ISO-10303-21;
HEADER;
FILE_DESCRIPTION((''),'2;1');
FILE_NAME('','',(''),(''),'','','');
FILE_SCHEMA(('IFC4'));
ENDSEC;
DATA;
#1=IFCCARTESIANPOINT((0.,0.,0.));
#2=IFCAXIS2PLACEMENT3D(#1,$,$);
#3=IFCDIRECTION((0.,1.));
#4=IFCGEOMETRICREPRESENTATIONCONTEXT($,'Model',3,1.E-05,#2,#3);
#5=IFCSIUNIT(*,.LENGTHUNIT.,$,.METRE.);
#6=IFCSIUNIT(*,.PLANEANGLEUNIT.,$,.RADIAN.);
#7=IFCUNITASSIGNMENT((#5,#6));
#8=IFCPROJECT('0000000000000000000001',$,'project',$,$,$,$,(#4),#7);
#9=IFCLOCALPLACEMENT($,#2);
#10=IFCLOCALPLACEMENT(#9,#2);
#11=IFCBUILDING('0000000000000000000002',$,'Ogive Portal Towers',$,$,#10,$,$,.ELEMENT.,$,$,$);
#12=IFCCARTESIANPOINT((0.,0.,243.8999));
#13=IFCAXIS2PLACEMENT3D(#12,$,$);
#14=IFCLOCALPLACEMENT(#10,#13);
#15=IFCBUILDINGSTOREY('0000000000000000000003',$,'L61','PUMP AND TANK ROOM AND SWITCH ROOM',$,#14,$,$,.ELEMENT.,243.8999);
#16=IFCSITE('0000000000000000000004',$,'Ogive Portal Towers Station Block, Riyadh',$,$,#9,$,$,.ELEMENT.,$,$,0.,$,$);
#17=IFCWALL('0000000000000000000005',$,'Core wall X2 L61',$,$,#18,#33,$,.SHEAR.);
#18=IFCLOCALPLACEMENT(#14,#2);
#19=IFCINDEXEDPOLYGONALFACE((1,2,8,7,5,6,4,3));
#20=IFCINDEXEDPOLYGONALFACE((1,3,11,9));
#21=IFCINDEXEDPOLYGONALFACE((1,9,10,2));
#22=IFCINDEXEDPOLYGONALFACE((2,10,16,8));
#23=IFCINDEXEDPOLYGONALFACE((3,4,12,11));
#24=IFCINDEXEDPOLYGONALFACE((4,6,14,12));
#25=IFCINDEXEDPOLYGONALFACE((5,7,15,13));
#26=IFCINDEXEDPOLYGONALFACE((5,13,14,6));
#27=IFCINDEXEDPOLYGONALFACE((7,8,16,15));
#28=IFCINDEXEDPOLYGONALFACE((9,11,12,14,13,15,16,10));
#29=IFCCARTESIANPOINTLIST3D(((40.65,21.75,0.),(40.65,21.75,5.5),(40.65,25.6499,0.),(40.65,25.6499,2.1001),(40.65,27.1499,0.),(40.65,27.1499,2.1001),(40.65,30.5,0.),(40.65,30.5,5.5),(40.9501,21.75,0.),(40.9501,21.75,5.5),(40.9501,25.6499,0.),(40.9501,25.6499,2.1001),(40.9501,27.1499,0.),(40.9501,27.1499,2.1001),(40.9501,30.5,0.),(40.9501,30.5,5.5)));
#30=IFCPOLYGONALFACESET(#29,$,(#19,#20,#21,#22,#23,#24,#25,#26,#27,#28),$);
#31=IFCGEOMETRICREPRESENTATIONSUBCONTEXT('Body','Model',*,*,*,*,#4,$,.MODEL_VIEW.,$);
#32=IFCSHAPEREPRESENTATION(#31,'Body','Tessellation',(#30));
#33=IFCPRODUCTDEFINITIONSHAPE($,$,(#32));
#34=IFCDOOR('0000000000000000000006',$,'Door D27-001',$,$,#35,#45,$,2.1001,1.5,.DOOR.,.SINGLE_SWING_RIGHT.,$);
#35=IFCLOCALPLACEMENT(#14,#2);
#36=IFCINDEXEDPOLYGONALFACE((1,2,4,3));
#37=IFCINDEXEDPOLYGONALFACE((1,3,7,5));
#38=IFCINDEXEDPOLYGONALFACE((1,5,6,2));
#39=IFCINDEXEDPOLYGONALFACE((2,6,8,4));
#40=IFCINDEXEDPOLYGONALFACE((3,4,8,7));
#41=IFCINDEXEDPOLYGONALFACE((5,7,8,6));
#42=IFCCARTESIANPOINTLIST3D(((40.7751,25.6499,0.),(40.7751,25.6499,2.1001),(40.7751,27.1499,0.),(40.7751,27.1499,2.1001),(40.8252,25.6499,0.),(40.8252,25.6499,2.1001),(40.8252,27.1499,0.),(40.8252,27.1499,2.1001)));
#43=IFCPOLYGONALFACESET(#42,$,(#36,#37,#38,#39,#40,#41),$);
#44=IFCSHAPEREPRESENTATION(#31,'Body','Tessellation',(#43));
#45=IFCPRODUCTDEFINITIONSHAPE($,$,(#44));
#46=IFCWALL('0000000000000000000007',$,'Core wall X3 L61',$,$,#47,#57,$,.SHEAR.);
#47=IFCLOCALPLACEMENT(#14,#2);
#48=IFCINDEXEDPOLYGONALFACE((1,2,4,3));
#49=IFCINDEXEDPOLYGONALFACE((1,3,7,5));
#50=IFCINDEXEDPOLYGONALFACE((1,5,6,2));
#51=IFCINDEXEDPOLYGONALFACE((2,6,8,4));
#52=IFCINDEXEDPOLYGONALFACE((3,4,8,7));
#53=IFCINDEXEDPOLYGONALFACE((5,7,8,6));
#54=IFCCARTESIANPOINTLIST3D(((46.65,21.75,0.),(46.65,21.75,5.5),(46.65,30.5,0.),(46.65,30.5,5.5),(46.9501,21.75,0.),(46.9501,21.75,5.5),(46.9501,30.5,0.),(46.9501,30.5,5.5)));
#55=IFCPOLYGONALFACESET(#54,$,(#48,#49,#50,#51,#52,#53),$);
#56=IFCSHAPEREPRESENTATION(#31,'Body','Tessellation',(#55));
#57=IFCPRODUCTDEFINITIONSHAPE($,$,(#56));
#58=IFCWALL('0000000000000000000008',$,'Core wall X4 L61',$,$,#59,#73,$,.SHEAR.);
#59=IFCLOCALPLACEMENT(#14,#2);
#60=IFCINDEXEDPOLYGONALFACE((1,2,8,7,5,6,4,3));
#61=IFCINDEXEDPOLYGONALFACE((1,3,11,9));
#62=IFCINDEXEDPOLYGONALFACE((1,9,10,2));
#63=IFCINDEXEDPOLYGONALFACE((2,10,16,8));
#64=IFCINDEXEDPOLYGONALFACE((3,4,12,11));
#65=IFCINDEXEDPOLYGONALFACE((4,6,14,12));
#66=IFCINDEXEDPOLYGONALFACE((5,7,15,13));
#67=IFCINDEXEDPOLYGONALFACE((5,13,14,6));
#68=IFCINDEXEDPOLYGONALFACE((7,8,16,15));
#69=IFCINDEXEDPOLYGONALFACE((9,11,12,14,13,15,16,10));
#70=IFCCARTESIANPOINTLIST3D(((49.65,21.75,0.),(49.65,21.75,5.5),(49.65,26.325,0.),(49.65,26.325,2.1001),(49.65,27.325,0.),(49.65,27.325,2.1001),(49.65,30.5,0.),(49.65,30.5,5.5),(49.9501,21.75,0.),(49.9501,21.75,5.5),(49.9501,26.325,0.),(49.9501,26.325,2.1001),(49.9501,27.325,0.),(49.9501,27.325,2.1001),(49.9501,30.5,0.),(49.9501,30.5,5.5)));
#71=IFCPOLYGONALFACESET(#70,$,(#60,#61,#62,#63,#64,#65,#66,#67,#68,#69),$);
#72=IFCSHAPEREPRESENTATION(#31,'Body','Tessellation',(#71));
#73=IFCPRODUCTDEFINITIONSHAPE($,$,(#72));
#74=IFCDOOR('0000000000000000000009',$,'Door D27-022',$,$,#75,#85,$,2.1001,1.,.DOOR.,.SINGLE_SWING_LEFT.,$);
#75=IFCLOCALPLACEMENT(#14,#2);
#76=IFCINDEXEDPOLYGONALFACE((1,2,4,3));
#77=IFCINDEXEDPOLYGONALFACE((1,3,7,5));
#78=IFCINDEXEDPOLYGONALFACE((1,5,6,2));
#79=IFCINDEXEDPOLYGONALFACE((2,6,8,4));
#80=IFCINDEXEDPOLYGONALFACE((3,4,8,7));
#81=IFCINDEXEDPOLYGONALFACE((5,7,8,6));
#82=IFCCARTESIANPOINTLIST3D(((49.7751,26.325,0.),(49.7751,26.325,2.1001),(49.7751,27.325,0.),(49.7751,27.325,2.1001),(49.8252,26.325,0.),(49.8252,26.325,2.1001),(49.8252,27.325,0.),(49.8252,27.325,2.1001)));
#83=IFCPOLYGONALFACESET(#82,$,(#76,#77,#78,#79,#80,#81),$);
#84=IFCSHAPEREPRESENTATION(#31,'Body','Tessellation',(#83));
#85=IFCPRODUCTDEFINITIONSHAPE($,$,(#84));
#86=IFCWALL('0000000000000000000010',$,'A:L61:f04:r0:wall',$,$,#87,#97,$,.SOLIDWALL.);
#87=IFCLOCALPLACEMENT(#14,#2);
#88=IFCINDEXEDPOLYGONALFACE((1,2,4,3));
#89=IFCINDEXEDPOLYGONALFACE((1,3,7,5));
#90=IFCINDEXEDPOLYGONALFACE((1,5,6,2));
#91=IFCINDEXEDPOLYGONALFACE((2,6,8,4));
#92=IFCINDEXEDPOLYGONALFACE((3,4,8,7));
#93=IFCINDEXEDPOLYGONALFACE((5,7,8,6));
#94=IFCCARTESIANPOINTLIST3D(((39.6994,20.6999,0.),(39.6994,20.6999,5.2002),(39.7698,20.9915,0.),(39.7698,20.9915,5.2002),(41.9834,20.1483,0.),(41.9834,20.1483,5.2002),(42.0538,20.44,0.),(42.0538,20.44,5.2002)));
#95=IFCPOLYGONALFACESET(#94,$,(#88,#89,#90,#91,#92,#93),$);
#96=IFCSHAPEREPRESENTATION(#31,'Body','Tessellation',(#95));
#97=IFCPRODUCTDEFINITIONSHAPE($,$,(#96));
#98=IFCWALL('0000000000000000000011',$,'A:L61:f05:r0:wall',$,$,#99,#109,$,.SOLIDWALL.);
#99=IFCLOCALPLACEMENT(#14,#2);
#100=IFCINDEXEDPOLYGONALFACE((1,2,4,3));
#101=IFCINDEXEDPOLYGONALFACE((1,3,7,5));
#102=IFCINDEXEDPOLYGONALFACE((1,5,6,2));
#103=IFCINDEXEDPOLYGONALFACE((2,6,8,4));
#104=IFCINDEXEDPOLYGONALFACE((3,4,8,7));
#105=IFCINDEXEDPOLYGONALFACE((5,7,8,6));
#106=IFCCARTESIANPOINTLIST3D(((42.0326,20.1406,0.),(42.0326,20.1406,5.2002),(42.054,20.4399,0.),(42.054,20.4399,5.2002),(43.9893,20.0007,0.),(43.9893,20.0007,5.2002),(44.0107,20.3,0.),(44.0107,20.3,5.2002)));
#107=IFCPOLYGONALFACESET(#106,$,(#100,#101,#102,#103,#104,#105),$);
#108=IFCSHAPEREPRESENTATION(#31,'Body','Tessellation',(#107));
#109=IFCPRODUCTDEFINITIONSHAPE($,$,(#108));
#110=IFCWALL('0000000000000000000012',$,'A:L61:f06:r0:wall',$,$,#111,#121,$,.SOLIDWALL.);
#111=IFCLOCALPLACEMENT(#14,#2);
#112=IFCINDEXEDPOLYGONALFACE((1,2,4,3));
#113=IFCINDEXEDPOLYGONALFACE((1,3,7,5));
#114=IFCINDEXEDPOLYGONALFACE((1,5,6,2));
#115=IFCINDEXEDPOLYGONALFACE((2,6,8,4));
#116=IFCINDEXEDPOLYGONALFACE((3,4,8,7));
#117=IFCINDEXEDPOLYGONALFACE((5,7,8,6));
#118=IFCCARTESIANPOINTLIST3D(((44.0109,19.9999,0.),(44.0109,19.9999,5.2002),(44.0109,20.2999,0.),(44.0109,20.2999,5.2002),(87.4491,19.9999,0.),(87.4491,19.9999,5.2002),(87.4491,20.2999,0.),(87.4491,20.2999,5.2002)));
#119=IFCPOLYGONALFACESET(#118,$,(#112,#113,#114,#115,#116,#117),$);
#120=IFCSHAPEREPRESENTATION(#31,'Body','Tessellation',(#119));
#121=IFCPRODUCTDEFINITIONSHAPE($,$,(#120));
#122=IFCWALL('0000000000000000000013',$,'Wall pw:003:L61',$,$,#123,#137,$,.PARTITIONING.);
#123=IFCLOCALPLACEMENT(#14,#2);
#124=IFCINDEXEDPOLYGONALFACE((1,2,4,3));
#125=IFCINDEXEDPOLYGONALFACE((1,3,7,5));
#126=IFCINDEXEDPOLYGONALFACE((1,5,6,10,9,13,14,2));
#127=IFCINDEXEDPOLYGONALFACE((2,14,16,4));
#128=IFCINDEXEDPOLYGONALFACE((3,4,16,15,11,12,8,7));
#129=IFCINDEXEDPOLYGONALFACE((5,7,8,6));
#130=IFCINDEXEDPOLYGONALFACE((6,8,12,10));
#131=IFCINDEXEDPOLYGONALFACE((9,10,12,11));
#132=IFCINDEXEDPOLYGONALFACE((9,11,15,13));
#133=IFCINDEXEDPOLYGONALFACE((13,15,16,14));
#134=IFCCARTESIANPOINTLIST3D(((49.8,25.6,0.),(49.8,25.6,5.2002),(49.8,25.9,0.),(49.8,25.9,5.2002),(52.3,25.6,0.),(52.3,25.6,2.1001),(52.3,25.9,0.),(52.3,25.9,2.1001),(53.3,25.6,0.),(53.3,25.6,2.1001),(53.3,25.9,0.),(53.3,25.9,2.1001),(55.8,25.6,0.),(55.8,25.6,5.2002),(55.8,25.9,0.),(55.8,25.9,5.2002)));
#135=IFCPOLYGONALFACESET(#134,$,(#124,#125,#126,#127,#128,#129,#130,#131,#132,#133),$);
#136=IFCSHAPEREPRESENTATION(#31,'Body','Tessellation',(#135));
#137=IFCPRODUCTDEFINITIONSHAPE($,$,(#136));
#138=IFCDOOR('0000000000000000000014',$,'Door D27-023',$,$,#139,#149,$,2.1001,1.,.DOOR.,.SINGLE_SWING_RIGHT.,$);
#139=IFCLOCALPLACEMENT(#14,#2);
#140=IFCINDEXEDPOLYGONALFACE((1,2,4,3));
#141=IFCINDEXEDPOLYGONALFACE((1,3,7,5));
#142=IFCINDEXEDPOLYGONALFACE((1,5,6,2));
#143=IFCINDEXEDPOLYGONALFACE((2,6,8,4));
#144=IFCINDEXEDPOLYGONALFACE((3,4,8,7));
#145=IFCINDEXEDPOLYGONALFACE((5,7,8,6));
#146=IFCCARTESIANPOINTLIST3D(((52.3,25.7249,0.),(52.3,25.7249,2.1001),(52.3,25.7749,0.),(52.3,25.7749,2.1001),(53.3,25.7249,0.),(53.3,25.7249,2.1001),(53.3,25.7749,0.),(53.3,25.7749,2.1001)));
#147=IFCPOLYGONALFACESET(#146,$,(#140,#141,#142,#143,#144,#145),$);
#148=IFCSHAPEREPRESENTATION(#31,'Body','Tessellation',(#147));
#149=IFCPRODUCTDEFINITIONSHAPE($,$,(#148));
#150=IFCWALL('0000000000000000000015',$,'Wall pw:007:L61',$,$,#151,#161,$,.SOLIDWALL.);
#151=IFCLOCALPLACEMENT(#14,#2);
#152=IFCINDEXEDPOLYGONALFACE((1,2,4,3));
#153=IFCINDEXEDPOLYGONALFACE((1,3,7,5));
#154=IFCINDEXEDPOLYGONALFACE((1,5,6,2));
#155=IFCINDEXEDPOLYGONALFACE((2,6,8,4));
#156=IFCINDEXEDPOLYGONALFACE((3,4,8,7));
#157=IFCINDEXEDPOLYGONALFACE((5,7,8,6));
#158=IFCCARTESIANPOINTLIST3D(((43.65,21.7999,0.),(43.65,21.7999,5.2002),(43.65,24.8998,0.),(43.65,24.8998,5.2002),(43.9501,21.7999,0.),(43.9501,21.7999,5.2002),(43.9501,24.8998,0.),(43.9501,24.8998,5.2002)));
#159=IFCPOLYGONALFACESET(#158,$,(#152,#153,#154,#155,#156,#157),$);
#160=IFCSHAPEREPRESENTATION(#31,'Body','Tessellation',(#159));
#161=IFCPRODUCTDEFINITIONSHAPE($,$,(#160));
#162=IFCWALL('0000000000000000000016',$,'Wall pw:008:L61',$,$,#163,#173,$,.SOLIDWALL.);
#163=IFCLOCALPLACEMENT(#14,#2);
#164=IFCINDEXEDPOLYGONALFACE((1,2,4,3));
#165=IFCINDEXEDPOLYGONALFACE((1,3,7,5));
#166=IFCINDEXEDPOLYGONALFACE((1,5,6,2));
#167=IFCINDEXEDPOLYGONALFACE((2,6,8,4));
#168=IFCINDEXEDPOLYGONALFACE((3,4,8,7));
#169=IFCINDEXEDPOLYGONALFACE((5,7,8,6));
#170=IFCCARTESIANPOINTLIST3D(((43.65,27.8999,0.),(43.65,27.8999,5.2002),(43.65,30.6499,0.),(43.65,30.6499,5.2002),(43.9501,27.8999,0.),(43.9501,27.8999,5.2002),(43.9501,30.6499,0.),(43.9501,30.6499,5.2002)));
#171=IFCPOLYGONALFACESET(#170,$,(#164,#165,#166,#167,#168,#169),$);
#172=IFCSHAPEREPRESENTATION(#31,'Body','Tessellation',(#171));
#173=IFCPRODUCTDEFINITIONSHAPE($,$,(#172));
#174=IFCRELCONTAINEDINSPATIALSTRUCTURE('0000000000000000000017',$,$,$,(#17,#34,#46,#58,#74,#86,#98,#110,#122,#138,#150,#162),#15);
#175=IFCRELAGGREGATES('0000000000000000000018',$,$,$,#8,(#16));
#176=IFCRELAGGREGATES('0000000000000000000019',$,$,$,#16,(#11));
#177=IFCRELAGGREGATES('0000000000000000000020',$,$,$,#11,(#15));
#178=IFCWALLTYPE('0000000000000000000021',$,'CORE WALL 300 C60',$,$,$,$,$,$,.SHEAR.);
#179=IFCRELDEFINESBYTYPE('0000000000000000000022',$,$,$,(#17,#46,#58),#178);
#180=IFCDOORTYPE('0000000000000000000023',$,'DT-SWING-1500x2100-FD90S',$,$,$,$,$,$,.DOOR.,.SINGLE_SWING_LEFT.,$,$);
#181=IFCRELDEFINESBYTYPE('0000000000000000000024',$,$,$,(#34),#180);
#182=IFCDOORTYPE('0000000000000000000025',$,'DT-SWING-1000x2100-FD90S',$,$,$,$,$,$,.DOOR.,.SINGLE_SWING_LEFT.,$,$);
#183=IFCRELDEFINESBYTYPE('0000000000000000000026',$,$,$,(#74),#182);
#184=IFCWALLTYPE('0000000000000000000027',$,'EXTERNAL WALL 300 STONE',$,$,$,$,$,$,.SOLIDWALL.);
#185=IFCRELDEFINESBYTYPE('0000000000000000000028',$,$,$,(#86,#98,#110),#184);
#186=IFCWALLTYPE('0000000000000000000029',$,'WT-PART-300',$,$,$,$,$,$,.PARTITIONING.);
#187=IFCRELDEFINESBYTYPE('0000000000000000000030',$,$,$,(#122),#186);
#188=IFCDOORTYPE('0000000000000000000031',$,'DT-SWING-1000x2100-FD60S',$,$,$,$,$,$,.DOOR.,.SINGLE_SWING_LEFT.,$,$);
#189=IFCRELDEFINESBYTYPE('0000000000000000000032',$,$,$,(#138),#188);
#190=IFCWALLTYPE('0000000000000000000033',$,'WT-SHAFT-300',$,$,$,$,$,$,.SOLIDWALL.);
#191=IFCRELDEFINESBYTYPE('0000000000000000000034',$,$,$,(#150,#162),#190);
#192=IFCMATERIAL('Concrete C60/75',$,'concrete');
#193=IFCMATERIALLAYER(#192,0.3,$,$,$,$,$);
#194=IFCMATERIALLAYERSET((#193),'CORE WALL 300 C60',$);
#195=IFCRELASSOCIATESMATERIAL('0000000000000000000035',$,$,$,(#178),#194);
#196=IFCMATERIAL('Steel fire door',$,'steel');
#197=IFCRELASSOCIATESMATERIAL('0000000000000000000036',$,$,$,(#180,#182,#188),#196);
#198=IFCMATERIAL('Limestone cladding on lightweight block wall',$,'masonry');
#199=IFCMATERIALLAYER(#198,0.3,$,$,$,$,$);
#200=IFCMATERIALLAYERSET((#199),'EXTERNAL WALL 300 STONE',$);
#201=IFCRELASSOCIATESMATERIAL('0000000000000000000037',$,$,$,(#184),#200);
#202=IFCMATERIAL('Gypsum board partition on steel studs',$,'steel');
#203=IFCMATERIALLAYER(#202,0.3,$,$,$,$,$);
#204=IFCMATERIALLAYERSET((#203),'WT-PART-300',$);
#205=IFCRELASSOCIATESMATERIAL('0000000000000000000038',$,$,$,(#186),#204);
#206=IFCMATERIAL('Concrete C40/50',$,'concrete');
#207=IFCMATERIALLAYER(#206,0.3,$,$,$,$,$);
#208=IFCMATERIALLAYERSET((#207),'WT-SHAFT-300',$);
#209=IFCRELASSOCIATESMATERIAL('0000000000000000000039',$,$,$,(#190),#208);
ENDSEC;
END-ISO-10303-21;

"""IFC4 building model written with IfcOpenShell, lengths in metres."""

from ifc_helpers import new_model, si_unit, direction, frame, frame_2d, origin, place, context, subcontext, project, spatial, rectangle, extrude, material, layer, layer_set, type_object, element, fill, save


model = new_model("IFC4")

# Units and contexts
model_context = context("Model", 3, precision=1e-05, world=origin(), true_north=direction((0.0, 1.0)))
body_context = subcontext(model_context, "Body", "Model", "MODEL_VIEW")
ifc_project = project(units=[si_unit("LENGTHUNIT", "METRE"), si_unit("PLANEANGLEUNIT", "RADIAN")], contexts=[model_context])

# Site, building, storey
site_placement = place(None, origin())
site = spatial("IfcSite", under=ifc_project, at=site_placement, Name="Ogive Portal Towers Station Block, Riyadh", CompositionType="ELEMENT", RefElevation=0.0)
building_placement = place(site_placement, origin())
building = spatial("IfcBuilding", under=site, at=building_placement, Name="Ogive Portal Towers", CompositionType="ELEMENT")
storey_placement = place(building_placement, frame((0.0, 0.0, 243.8999)))
storey = spatial("IfcBuildingStorey", under=building, at=storey_placement, Name="L61", Description="PUMP AND TANK ROOM AND SWITCH ROOM", CompositionType="ELEMENT", Elevation=243.8999)

# Wall, opening, door
ifc_material_1 = material(Name="Concrete C60/75", Category="concrete")
ifc_layer_1 = layer(ifc_material_1, 0.3)
ifc_layer_set_1 = layer_set([ifc_layer_1], Name="CORE WALL 300 C60")
wall_type_1 = type_object("IfcWallType", Name="CORE WALL 300 C60", PredefinedType="SHEAR", material=ifc_layer_set_1)
wall_1_placement = place(storey_placement, frame((40.8, 21.75, 0.0), z_axis=(0.0, 0.0, 1.0), x_axis=(0.0, 1.0, 0.0)))
wall_1 = element("IfcWall", 1, at=wall_1_placement, inside=storey, type_object=wall_type_1, Name="Core wall X2 L61", PredefinedType="SHEAR", context=body_context, shape_type="SweptSolid", body=[
    extrude(rectangle(XDim=8.75, YDim=0.3, at=frame_2d((4.375, 0.0))), origin(), (0.0, 0.0, 1.0), 5.5),
])
opening_1_placement = place(wall_1_placement, frame((3.8999, 0.0, 0.0)))
opening_1 = element("IfcOpeningElement", 2, at=opening_1_placement, cuts=wall_1, PredefinedType="OPENING", context=body_context, shape_type="SweptSolid", body=[
    extrude(rectangle(XDim=1.5, YDim=2.1001, at=frame_2d((0.75, 1.05))), frame((0.0, 0.1602, 0.0), z_axis=(0.0, -1.0, 0.0), x_axis=(1.0, 0.0, 0.0)), (0.0, 0.0, 1.0), 0.3201),
])
ifc_material_2 = material(Name="Steel fire door", Category="steel")
door_type_1 = type_object("IfcDoorType", Name="DT-SWING-1500x2100-FD90S", OperationType="SINGLE_SWING_LEFT", PredefinedType="DOOR", material=ifc_material_2)
door_1_placement = place(opening_1_placement, origin())
door_1 = element("IfcDoor", 3, at=door_1_placement, inside=storey, type_object=door_type_1, Name="Door D27-001", OperationType="SINGLE_SWING_RIGHT", OverallHeight=2.1001, OverallWidth=1.5, PredefinedType="DOOR", context=body_context, shape_type="SweptSolid", body=[
    extrude(rectangle(XDim=1.5, YDim=2.1001, at=frame_2d((0.75, 1.05))), frame((0.0, 0.0249, 0.0), z_axis=(0.0, -1.0, 0.0), x_axis=(1.0, 0.0, 0.0)), (0.0, 0.0, 1.0), 0.05),
])
fill(opening_1, door_1)

# Wall
wall_2_placement = place(storey_placement, frame((46.8, 21.75, 0.0), z_axis=(0.0, 0.0, 1.0), x_axis=(0.0, 1.0, 0.0)))
element("IfcWall", 4, at=wall_2_placement, inside=storey, type_object=wall_type_1, Name="Core wall X3 L61", PredefinedType="SHEAR", context=body_context, shape_type="SweptSolid", body=[
    extrude(rectangle(XDim=8.75, YDim=0.3, at=frame_2d((4.375, 0.0))), origin(), (0.0, 0.0, 1.0), 5.5),
])

# Wall, opening, door
wall_3_placement = place(storey_placement, frame((49.8, 21.75, 0.0), z_axis=(0.0, 0.0, 1.0), x_axis=(0.0, 1.0, 0.0)))
wall_3 = element("IfcWall", 5, at=wall_3_placement, inside=storey, type_object=wall_type_1, Name="Core wall X4 L61", PredefinedType="SHEAR", context=body_context, shape_type="SweptSolid", body=[
    extrude(rectangle(XDim=8.75, YDim=0.3, at=frame_2d((4.375, 0.0))), origin(), (0.0, 0.0, 1.0), 5.5),
])
opening_2_placement = place(wall_3_placement, frame((4.575, 0.0, 0.0)))
opening_2 = element("IfcOpeningElement", 6, at=opening_2_placement, cuts=wall_3, PredefinedType="OPENING", context=body_context, shape_type="SweptSolid", body=[
    extrude(rectangle(XDim=1.0, YDim=2.1001, at=frame_2d((0.5, 1.05))), frame((0.0, 0.1602, 0.0), z_axis=(0.0, -1.0, 0.0), x_axis=(1.0, 0.0, 0.0)), (0.0, 0.0, 1.0), 0.3201),
])
door_type_2 = type_object("IfcDoorType", Name="DT-SWING-1000x2100-FD90S", OperationType="SINGLE_SWING_LEFT", PredefinedType="DOOR", material=ifc_material_2)
door_2_placement = place(opening_2_placement, origin())
door_2 = element("IfcDoor", 7, at=door_2_placement, inside=storey, type_object=door_type_2, Name="Door D27-022", OperationType="SINGLE_SWING_LEFT", OverallHeight=2.1001, OverallWidth=1.0, PredefinedType="DOOR", context=body_context, shape_type="SweptSolid", body=[
    extrude(rectangle(XDim=1.0, YDim=2.1001, at=frame_2d((0.5, 1.05))), frame((0.0, 0.0249, 0.0), z_axis=(0.0, -1.0, 0.0), x_axis=(1.0, 0.0, 0.0)), (0.0, 0.0, 1.0), 0.05),
])
fill(opening_2, door_2)

# Walls
ifc_material_3 = material(Name="Limestone cladding on lightweight block wall", Category="masonry")
ifc_layer_2 = layer(ifc_material_3, 0.3)
ifc_layer_set_2 = layer_set([ifc_layer_2], Name="EXTERNAL WALL 300 STONE")
wall_type_2 = type_object("IfcWallType", Name="EXTERNAL WALL 300 STONE", PredefinedType="SOLIDWALL", material=ifc_layer_set_2)
wall_4_placement = place(storey_placement, frame((39.7346, 20.8457, 0.0), z_axis=(0.0, 0.0, 1.0), x_axis=(0.972061, -0.234729, 0.0)))
element("IfcWall", 8, at=wall_4_placement, inside=storey, type_object=wall_type_2, Name="A:L61:f04:r0:wall", PredefinedType="SOLIDWALL", context=body_context, shape_type="SweptSolid", body=[
    extrude(rectangle(XDim=2.3496, YDim=0.3, at=frame_2d((1.1748, 0.0))), origin(), (0.0, 0.0, 1.0), 5.2002),
])
wall_5_placement = place(storey_placement, frame((42.0432, 20.2903, 0.0), z_axis=(0.0, 0.0, 1.0), x_axis=(0.997454, -0.071309, 0.0)))
element("IfcWall", 9, at=wall_5_placement, inside=storey, type_object=wall_type_2, Name="A:L61:f05:r0:wall", PredefinedType="SOLIDWALL", context=body_context, shape_type="SweptSolid", body=[
    extrude(rectangle(XDim=1.9617, YDim=0.3, at=frame_2d((0.981, 0.0))), origin(), (0.0, 0.0, 1.0), 5.2002),
])
wall_6_placement = place(storey_placement, frame((44.0107, 20.1499, 0.0), z_axis=(0.0, 0.0, 1.0), x_axis=(1.0, 0.0, 0.0)))
element("IfcWall", 10, at=wall_6_placement, inside=storey, type_object=wall_type_2, Name="A:L61:f06:r0:wall", PredefinedType="SOLIDWALL", context=body_context, shape_type="SweptSolid", body=[
    extrude(rectangle(XDim=43.4382, YDim=0.3, at=frame_2d((21.7192, 0.0))), origin(), (0.0, 0.0, 1.0), 5.2002),
])

# Wall, opening, door
ifc_material_4 = material(Name="Gypsum board partition on steel studs", Category="steel")
ifc_layer_3 = layer(ifc_material_4, 0.3)
ifc_layer_set_3 = layer_set([ifc_layer_3], Name="WT-PART-300")
wall_type_3 = type_object("IfcWallType", Name="WT-PART-300", PredefinedType="PARTITIONING", material=ifc_layer_set_3)
wall_7_placement = place(storey_placement, frame((49.8, 25.75, 0.0), z_axis=(0.0, 0.0, 1.0), x_axis=(1.0, 0.0, 0.0)))
wall_7 = element("IfcWall", 11, at=wall_7_placement, inside=storey, type_object=wall_type_3, Name="Wall pw:003:L61", PredefinedType="PARTITIONING", context=body_context, shape_type="SweptSolid", body=[
    extrude(rectangle(XDim=6.0, YDim=0.3, at=frame_2d((3.0, 0.0))), origin(), (0.0, 0.0, 1.0), 5.2002),
])
opening_3_placement = place(wall_7_placement, frame((2.5, 0.0, 0.0)))
opening_3 = element("IfcOpeningElement", 12, at=opening_3_placement, cuts=wall_7, PredefinedType="OPENING", context=body_context, shape_type="SweptSolid", body=[
    extrude(rectangle(XDim=1.0, YDim=2.1001, at=frame_2d((0.5, 1.05))), frame((0.0, 0.1602, 0.0), z_axis=(0.0, -1.0, 0.0), x_axis=(1.0, 0.0, 0.0)), (0.0, 0.0, 1.0), 0.3201),
])
door_type_3 = type_object("IfcDoorType", Name="DT-SWING-1000x2100-FD60S", OperationType="SINGLE_SWING_LEFT", PredefinedType="DOOR", material=ifc_material_2)
door_3_placement = place(opening_3_placement, origin())
door_3 = element("IfcDoor", 13, at=door_3_placement, inside=storey, type_object=door_type_3, Name="Door D27-023", OperationType="SINGLE_SWING_RIGHT", OverallHeight=2.1001, OverallWidth=1.0, PredefinedType="DOOR", context=body_context, shape_type="SweptSolid", body=[
    extrude(rectangle(XDim=1.0, YDim=2.1001, at=frame_2d((0.5, 1.05))), frame((0.0, 0.0249, 0.0), z_axis=(0.0, -1.0, 0.0), x_axis=(1.0, 0.0, 0.0)), (0.0, 0.0, 1.0), 0.05),
])
fill(opening_3, door_3)

# Shared definitions
ifc_material_5 = material(Name="Concrete C40/50", Category="concrete")
ifc_layer_4 = layer(ifc_material_5, 0.3)
ifc_layer_set_4 = layer_set([ifc_layer_4], Name="WT-SHAFT-300")
wall_type_4 = type_object("IfcWallType", Name="WT-SHAFT-300", PredefinedType="SOLIDWALL", material=ifc_layer_set_4)

# Walls
wall_8_placement = place(storey_placement, frame((43.8, 21.8, 0.0), z_axis=(0.0, 0.0, 1.0), x_axis=(0.0, 1.0, 0.0)))
element("IfcWall", 14, at=wall_8_placement, inside=storey, type_object=wall_type_4, Name="Wall pw:007:L61", PredefinedType="SOLIDWALL", context=body_context, shape_type="SweptSolid", body=[
    extrude(rectangle(XDim=3.0999, YDim=0.3, at=frame_2d((1.5498, 0.0))), origin(), (0.0, 0.0, 1.0), 5.2002),
])
wall_9_placement = place(storey_placement, frame((43.8, 27.8999, 0.0), z_axis=(0.0, 0.0, 1.0), x_axis=(0.0, 1.0, 0.0)))
element("IfcWall", 15, at=wall_9_placement, inside=storey, type_object=wall_type_4, Name="Wall pw:008:L61", PredefinedType="SOLIDWALL", context=body_context, shape_type="SweptSolid", body=[
    extrude(rectangle(XDim=2.75, YDim=0.3, at=frame_2d((1.375, 0.0))), origin(), (0.0, 0.0, 1.0), 5.2002),
])

save(model, "model.ifc")
